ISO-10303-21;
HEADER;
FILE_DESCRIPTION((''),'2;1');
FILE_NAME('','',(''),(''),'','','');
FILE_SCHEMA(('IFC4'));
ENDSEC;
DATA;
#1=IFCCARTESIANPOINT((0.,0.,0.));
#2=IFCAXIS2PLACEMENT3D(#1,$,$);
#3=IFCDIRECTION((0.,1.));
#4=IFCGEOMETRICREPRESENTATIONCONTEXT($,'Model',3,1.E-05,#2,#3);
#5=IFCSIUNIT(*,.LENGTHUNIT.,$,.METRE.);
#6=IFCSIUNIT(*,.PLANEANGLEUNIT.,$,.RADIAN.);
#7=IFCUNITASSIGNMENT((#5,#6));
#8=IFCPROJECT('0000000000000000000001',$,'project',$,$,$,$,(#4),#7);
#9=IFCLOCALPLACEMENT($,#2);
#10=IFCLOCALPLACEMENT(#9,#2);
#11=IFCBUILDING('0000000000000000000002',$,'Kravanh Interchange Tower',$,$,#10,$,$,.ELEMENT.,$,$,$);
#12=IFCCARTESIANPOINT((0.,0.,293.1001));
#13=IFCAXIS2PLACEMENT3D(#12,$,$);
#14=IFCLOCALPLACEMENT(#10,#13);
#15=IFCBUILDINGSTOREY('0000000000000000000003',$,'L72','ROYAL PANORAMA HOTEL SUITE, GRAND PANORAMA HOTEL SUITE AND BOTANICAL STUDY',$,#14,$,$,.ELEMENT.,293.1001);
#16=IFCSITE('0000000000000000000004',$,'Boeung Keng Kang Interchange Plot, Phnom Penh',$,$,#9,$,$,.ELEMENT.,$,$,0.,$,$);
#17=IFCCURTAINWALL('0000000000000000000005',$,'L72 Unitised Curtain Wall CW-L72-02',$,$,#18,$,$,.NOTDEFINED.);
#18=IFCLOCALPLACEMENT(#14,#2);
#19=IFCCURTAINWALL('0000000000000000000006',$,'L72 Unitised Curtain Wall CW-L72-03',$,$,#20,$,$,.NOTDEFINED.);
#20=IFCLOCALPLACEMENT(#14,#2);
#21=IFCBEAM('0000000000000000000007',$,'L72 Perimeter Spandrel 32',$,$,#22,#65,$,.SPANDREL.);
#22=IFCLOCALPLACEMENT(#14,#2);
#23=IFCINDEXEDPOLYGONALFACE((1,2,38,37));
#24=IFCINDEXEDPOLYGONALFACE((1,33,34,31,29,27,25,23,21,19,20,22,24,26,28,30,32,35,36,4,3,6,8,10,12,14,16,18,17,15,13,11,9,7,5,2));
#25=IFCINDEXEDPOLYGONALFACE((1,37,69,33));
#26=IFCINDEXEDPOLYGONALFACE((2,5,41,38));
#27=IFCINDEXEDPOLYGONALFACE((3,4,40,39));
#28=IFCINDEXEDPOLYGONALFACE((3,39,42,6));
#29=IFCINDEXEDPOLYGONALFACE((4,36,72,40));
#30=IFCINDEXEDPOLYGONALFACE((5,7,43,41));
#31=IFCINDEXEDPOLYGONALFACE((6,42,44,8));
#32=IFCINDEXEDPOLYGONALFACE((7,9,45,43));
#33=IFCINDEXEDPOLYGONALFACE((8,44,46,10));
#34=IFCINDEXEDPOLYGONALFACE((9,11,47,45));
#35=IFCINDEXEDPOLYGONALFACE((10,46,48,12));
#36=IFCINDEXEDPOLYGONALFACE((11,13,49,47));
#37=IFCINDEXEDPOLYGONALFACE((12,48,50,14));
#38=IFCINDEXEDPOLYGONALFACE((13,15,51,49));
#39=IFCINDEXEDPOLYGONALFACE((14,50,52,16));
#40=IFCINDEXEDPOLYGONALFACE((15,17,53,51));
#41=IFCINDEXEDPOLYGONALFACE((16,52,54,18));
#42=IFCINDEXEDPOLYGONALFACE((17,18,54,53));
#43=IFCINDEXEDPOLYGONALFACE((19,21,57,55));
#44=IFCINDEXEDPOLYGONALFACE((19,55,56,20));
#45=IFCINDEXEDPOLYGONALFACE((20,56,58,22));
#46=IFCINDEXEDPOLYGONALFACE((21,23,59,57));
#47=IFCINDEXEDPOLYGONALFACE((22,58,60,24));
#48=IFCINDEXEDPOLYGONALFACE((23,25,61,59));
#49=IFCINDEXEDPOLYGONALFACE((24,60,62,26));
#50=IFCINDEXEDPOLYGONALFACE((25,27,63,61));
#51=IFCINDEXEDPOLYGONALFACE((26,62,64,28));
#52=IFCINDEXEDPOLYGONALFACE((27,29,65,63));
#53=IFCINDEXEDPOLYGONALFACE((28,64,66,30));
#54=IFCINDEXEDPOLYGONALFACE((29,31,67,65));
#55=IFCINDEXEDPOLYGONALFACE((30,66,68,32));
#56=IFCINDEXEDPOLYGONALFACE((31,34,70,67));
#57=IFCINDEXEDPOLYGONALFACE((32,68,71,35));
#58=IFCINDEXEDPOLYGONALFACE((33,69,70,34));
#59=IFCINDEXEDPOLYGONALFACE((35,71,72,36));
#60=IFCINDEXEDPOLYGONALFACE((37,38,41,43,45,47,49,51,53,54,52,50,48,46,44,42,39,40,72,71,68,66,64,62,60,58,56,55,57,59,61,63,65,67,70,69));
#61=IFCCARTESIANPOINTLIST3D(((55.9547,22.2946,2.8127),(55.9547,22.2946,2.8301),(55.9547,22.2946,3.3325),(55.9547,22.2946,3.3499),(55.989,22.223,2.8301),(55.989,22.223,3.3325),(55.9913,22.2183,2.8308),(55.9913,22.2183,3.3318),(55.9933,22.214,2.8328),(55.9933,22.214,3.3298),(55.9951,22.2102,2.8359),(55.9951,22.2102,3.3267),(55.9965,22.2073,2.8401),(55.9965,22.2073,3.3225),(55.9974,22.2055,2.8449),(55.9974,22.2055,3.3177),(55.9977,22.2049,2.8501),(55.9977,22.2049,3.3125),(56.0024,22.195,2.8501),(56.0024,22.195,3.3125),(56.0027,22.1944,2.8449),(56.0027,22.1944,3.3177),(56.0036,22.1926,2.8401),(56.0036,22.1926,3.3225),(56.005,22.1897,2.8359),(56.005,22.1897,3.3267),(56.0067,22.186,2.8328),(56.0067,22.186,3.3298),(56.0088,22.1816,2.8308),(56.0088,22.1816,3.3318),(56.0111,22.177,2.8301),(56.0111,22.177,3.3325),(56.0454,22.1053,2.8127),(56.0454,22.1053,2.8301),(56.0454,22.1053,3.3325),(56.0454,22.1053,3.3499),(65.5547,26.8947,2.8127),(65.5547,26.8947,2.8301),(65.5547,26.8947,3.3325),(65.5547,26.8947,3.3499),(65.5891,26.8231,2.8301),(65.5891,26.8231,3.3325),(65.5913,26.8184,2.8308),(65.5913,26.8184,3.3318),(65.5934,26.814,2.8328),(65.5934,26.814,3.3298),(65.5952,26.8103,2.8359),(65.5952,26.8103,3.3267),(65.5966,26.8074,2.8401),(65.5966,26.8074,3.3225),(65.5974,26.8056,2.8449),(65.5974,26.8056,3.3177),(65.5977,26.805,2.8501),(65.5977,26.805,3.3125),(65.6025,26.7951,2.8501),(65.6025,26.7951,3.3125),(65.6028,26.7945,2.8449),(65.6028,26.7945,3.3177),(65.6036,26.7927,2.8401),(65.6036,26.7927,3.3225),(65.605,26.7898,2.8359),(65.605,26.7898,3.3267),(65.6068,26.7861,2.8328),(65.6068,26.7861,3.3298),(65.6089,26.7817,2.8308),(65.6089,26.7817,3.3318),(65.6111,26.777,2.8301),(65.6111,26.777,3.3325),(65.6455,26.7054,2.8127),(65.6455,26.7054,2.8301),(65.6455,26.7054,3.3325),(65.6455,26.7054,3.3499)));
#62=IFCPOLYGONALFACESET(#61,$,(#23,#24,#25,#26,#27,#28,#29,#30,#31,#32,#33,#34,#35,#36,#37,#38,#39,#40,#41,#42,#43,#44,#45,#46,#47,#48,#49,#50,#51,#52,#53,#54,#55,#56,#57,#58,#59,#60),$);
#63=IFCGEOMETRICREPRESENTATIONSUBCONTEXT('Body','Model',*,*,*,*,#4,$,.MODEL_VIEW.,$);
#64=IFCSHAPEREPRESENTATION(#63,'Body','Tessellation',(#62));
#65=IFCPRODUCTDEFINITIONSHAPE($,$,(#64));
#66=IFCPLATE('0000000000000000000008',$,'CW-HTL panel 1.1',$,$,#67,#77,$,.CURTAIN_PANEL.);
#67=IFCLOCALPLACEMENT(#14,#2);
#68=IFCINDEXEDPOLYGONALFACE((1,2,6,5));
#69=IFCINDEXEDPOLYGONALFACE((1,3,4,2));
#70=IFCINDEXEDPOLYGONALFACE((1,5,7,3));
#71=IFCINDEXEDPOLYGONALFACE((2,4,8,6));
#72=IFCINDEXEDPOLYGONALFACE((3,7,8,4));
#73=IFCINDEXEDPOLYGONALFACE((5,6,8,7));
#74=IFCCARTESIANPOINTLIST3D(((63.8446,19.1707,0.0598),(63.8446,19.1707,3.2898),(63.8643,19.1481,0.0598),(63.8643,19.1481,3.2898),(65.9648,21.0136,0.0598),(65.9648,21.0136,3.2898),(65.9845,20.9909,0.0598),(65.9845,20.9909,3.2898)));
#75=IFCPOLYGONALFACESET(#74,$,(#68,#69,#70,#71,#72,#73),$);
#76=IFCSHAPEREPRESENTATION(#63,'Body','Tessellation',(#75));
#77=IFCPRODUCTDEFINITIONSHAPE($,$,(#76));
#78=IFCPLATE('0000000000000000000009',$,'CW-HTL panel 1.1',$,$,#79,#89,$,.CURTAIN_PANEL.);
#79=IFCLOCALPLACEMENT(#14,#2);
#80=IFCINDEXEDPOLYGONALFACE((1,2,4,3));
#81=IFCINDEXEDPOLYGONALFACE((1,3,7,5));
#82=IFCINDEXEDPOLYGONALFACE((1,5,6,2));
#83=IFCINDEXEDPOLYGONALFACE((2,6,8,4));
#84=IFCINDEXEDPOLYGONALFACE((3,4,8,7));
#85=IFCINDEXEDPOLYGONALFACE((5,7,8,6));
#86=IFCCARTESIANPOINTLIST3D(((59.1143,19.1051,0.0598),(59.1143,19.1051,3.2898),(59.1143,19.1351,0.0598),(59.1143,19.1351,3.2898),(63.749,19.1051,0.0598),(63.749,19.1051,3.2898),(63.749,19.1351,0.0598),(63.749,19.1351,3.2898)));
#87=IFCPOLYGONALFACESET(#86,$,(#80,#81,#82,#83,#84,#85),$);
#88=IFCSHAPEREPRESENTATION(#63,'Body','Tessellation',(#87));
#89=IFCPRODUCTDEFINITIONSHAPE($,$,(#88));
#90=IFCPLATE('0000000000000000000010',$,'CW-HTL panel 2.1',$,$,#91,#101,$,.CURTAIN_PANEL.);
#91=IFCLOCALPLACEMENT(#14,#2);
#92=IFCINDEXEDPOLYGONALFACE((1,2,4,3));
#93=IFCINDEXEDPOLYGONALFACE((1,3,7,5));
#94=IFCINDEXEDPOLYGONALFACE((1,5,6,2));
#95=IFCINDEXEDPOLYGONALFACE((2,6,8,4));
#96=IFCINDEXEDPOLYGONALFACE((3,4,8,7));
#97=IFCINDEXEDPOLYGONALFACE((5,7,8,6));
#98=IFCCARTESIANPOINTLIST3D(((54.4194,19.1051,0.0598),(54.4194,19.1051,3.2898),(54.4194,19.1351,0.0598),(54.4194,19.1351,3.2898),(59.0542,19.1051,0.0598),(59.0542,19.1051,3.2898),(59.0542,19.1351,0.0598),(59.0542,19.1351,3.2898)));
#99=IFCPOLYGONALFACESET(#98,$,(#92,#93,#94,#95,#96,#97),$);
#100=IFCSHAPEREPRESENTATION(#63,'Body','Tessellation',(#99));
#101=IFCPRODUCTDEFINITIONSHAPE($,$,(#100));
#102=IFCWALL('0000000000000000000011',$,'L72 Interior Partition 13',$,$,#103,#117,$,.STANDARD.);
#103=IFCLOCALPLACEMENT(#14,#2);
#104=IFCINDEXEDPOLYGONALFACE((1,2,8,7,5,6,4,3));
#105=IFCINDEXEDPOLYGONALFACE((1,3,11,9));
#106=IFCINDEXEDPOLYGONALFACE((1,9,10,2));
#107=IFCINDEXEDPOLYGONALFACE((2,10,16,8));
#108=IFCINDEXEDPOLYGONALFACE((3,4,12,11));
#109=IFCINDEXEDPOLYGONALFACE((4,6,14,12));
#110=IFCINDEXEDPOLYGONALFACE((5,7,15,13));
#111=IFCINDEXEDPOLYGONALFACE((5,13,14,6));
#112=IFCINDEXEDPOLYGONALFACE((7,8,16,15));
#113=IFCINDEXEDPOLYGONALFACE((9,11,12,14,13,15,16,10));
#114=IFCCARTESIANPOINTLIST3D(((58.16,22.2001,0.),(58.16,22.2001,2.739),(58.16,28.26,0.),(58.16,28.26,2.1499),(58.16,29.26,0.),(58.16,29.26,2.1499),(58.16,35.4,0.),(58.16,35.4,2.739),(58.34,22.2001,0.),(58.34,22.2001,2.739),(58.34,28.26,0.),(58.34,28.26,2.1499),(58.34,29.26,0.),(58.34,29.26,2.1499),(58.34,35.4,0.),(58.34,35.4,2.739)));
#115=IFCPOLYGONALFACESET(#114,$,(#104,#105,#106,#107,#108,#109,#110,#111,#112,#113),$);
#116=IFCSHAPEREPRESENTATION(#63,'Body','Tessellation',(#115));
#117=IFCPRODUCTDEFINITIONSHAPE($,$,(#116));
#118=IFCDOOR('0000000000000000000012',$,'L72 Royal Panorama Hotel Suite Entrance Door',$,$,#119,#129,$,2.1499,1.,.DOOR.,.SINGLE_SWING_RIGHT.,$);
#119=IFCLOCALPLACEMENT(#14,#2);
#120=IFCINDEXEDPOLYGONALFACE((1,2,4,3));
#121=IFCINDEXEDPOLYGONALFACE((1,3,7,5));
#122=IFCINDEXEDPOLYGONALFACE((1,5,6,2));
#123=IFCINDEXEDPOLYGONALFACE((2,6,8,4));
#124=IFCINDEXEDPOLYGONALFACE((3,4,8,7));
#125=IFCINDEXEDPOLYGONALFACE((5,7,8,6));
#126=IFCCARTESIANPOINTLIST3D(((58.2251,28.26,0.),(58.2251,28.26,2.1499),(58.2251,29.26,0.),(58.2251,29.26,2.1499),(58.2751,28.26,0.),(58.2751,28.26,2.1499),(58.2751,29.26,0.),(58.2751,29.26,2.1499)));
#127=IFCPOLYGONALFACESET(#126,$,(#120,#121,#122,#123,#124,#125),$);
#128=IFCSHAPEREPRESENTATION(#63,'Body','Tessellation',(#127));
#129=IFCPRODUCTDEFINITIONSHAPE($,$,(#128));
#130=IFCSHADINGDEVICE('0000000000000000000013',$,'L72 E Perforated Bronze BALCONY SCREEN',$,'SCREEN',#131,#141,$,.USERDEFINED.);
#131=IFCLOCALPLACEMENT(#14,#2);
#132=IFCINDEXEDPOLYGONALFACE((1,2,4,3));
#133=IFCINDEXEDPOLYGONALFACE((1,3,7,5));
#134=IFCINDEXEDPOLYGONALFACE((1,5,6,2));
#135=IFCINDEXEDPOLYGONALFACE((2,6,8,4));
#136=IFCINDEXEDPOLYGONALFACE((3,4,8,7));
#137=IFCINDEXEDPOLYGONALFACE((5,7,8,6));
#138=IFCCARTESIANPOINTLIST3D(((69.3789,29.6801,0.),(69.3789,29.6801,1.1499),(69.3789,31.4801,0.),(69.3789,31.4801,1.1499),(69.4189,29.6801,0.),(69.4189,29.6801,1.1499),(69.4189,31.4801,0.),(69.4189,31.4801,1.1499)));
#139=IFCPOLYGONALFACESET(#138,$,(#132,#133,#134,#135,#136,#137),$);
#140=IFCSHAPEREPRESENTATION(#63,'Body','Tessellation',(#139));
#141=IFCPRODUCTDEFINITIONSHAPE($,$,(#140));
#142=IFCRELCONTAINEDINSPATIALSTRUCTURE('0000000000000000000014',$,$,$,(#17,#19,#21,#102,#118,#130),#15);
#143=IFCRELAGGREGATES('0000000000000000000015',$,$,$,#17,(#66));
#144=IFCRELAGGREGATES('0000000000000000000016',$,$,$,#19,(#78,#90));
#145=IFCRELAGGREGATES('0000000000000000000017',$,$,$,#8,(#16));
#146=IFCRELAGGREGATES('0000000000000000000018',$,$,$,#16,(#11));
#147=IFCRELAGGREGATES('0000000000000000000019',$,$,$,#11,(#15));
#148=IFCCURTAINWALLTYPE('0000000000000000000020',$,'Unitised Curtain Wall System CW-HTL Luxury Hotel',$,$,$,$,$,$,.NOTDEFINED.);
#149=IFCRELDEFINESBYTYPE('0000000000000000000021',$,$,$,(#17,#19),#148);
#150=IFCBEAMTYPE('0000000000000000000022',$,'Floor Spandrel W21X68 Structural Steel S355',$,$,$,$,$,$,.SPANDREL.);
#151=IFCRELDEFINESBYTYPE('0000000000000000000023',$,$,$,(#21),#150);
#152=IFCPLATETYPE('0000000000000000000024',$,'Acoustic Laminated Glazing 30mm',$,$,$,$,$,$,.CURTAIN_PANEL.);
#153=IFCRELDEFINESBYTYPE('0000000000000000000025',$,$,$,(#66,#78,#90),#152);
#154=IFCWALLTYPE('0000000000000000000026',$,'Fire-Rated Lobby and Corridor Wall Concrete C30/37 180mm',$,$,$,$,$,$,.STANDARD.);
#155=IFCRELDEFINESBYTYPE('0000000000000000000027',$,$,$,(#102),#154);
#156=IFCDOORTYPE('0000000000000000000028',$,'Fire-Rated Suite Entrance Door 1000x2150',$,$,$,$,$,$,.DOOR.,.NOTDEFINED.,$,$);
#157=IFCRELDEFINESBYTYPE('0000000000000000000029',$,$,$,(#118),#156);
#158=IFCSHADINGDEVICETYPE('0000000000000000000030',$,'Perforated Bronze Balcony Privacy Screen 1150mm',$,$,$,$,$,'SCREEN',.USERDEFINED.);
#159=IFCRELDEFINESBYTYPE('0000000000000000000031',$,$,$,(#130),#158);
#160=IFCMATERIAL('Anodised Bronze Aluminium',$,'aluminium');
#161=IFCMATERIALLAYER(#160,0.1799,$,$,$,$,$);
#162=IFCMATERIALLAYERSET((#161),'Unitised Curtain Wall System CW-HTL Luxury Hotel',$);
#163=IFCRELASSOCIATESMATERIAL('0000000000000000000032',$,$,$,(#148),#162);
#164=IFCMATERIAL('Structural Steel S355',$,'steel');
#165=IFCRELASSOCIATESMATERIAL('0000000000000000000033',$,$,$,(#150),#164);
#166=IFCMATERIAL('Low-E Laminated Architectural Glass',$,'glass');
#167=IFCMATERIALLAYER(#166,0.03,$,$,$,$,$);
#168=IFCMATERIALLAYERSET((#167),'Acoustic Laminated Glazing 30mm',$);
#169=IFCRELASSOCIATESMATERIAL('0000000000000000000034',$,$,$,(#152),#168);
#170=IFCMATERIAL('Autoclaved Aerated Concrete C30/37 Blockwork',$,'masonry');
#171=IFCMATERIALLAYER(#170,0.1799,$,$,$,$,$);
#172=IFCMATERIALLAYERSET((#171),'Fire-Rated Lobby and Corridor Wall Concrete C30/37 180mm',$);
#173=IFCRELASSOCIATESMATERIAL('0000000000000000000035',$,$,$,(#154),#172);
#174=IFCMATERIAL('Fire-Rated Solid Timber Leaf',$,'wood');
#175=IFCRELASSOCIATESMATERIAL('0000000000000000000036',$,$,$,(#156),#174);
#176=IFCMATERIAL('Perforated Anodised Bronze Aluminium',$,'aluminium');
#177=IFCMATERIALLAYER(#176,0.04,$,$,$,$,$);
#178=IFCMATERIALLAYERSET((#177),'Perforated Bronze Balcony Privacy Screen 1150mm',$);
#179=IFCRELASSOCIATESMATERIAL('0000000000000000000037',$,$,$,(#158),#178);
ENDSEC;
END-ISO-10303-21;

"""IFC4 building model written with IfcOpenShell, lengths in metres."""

from ifc_helpers import new_model, si_unit, direction, frame, frame_2d, origin, origin_2d, place, context, subcontext, project, spatial, rectangle, i_section, extrude, material, layer, layer_set, material_profile, profile_set, type_object, element, fill, aggregate, save


model = new_model("IFC4")

# Units and contexts
model_context = context("Model", 3, precision=1e-05, world=origin(), true_north=direction((0.0, 1.0)))
body_context = subcontext(model_context, "Body", "Model", "MODEL_VIEW")
ifc_project = project(units=[si_unit("LENGTHUNIT", "METRE"), si_unit("PLANEANGLEUNIT", "RADIAN")], contexts=[model_context])

# Site, building, storey
site_placement = place(None, origin())
site = spatial("IfcSite", under=ifc_project, at=site_placement, Name="Boeung Keng Kang Interchange Plot, Phnom Penh", CompositionType="ELEMENT", RefElevation=0.0)
building_placement = place(site_placement, origin())
building = spatial("IfcBuilding", under=site, at=building_placement, Name="Kravanh Interchange Tower", CompositionType="ELEMENT")
storey_placement = place(building_placement, frame((0.0, 0.0, 293.1001)))
storey = spatial("IfcBuildingStorey", under=building, at=storey_placement, Name="L72", Description="ROYAL PANORAMA HOTEL SUITE, GRAND PANORAMA HOTEL SUITE AND BOTANICAL STUDY", CompositionType="ELEMENT", Elevation=293.1001)

# Curtain walls
ifc_material_1 = material(Name="Anodised Bronze Aluminium", Category="aluminium")
ifc_layer_1 = layer(ifc_material_1, 0.1799)
ifc_layer_set_1 = layer_set([ifc_layer_1], Name="Unitised Curtain Wall System CW-HTL Luxury Hotel")
curtain_wall_type = type_object("IfcCurtainWallType", Name="Unitised Curtain Wall System CW-HTL Luxury Hotel", PredefinedType="NOTDEFINED", material=ifc_layer_set_1)
curtain_wall_1_placement = place(storey_placement, origin())
curtain_wall_1 = element("IfcCurtainWall", 1, at=curtain_wall_1_placement, inside=storey, type_object=curtain_wall_type, Name="L72 Unitised Curtain Wall CW-L72-02", PredefinedType="NOTDEFINED")
curtain_wall_2_placement = place(storey_placement, origin())
curtain_wall_2 = element("IfcCurtainWall", 2, at=curtain_wall_2_placement, inside=storey, type_object=curtain_wall_type, Name="L72 Unitised Curtain Wall CW-L72-03", PredefinedType="NOTDEFINED")

# Beam
ifc_material_2 = material(Name="Structural Steel S355", Category="steel")
ifc_material_profile_1 = material_profile(ifc_material_2, i_section(OverallWidth=0.21, OverallDepth=0.5371, WebThickness=0.011, FlangeThickness=0.0173, FilletRadius=0.02, at=origin_2d()), Name="W21X68")
ifc_profile_set_1 = profile_set([ifc_material_profile_1], Name="Structural Steel S355")
beam_type_1 = type_object("IfcBeamType", Name="Floor Spandrel W21X68 Structural Steel S355", PredefinedType="SPANDREL", material=ifc_profile_set_1)
beam_1_placement = place(storey_placement, frame((65.6001, 26.8, 3.0813), z_axis=(-0.901814, -0.432124, 0.0), x_axis=(0.432124, -0.901814, 0.0)))
element("IfcBeam", 3, at=beam_1_placement, inside=storey, type_object=beam_type_1, Name="L72 Perimeter Spandrel 32", PredefinedType="SPANDREL", context=body_context, shape_type="SweptSolid", body=[
    extrude(i_section(OverallWidth=0.21, OverallDepth=0.5371, WebThickness=0.011, FlangeThickness=0.0173, FilletRadius=0.02, at=origin_2d()), origin(), (0.0, 0.0, 1.0), 10.6453),
])

# Plates
ifc_material_3 = material(Name="Low-E Laminated Architectural Glass", Category="glass")
ifc_layer_2 = layer(ifc_material_3, 0.03)
ifc_layer_set_2 = layer_set([ifc_layer_2], Name="Acoustic Laminated Glazing 30mm")
plate_type = type_object("IfcPlateType", Name="Acoustic Laminated Glazing 30mm", PredefinedType="CURTAIN_PANEL", material=ifc_layer_set_2)
plate_1_placement = place(storey_placement, frame((64.9146, 20.0808, 0.0598), z_axis=(0.0, 0.0, 1.0), x_axis=(-0.754732, -0.656033, 0.0)))
plate_1 = element("IfcPlate", 4, at=plate_1_placement, type_object=plate_type, Name="CW-HTL panel 1.1", PredefinedType="CURTAIN_PANEL", context=body_context, shape_type="SweptSolid", body=[
    extrude(rectangle(XDim=2.8091, YDim=0.03, at=origin_2d()), origin(), (0.0, 0.0, 1.0), 3.23),
])
aggregate(curtain_wall_1, [plate_1])
plate_2_placement = place(storey_placement, frame((61.4316, 19.1201, 0.0598), z_axis=(0.0, 0.0, 1.0), x_axis=(-1.0, 0.0, 0.0)))
plate_2 = element("IfcPlate", 5, at=plate_2_placement, type_object=plate_type, Name="CW-HTL panel 1.1", PredefinedType="CURTAIN_PANEL", context=body_context, shape_type="SweptSolid", body=[
    extrude(rectangle(XDim=4.6348, YDim=0.03, at=origin_2d()), origin(), (0.0, 0.0, 1.0), 3.23),
])
plate_3_placement = place(storey_placement, frame((56.7368, 19.1201, 0.0598), z_axis=(0.0, 0.0, 1.0), x_axis=(-1.0, 0.0, 0.0)))
plate_3 = element("IfcPlate", 6, at=plate_3_placement, type_object=plate_type, Name="CW-HTL panel 2.1", PredefinedType="CURTAIN_PANEL", context=body_context, shape_type="SweptSolid", body=[
    extrude(rectangle(XDim=4.6348, YDim=0.03, at=origin_2d()), origin(), (0.0, 0.0, 1.0), 3.23),
])
aggregate(curtain_wall_2, [plate_2, plate_3])

# Wall, opening, door
ifc_material_4 = material(Name="Autoclaved Aerated Concrete C30/37 Blockwork", Category="masonry")
ifc_layer_3 = layer(ifc_material_4, 0.1799)
ifc_layer_set_3 = layer_set([ifc_layer_3], Name="Fire-Rated Lobby and Corridor Wall Concrete C30/37 180mm")
wall_type = type_object("IfcWallType", Name="Fire-Rated Lobby and Corridor Wall Concrete C30/37 180mm", PredefinedType="STANDARD", material=ifc_layer_set_3)
wall_placement = place(storey_placement, frame((58.25, 22.2, 0.0), z_axis=(0.0, 0.0, 1.0), x_axis=(0.0, 1.0, 0.0)))
wall = element("IfcWall", 7, at=wall_placement, inside=storey, type_object=wall_type, Name="L72 Interior Partition 13", PredefinedType="STANDARD", context=body_context, shape_type="SweptSolid", body=[
    extrude(rectangle(XDim=13.2, YDim=0.1799, at=frame_2d((6.6001, 0.0))), origin(), (0.0, 0.0, 1.0), 2.739),
])
opening_placement = place(wall_placement, frame((6.0601, 0.0, 0.0)))
opening = element("IfcOpeningElement", 8, at=opening_placement, cuts=wall, PredefinedType="OPENING", context=body_context, shape_type="SweptSolid", body=[
    extrude(rectangle(XDim=1.0, YDim=2.1499, at=frame_2d((0.5, 1.075))), frame((0.0, 0.1001, 0.0), z_axis=(0.0, -1.0, 0.0), x_axis=(1.0, 0.0, 0.0)), (0.0, 0.0, 1.0), 0.2),
])
ifc_material_5 = material(Name="Fire-Rated Solid Timber Leaf", Category="wood")
door_type = type_object("IfcDoorType", Name="Fire-Rated Suite Entrance Door 1000x2150", OperationType="NOTDEFINED", PredefinedType="DOOR", material=ifc_material_5)
door_placement = place(opening_placement, origin())
door = element("IfcDoor", 9, at=door_placement, inside=storey, type_object=door_type, Name="L72 Royal Panorama Hotel Suite Entrance Door", OperationType="SINGLE_SWING_RIGHT", OverallHeight=2.1499, OverallWidth=1.0, PredefinedType="DOOR", context=body_context, shape_type="SweptSolid", body=[
    extrude(rectangle(XDim=1.0, YDim=2.1499, at=frame_2d((0.5, 1.075))), frame((0.0, 0.0249, 0.0), z_axis=(0.0, -1.0, 0.0), x_axis=(1.0, 0.0, 0.0)), (0.0, 0.0, 1.0), 0.05),
])
fill(opening, door)

# Shading device
ifc_material_6 = material(Name="Perforated Anodised Bronze Aluminium", Category="aluminium")
ifc_layer_4 = layer(ifc_material_6, 0.04)
ifc_layer_set_4 = layer_set([ifc_layer_4], Name="Perforated Bronze Balcony Privacy Screen 1150mm")
shading_device_type = type_object("IfcShadingDeviceType", Name="Perforated Bronze Balcony Privacy Screen 1150mm", ElementType="SCREEN", PredefinedType="USERDEFINED", material=ifc_layer_set_4)
shading_device_placement = place(storey_placement, frame((69.3989, 30.5801, 0.0), z_axis=(0.0, 0.0, 1.0), x_axis=(1.0, 0.0, 0.0)))
element("IfcShadingDevice", 10, at=shading_device_placement, inside=storey, type_object=shading_device_type, Name="L72 E Perforated Bronze BALCONY SCREEN", ObjectType="SCREEN", PredefinedType="USERDEFINED", context=body_context, shape_type="SweptSolid", body=[
    extrude(rectangle(XDim=0.04, YDim=1.8, at=origin_2d()), origin(), (0.0, 0.0, 1.0), 1.1499),
])

save(model, "model.ifc")
